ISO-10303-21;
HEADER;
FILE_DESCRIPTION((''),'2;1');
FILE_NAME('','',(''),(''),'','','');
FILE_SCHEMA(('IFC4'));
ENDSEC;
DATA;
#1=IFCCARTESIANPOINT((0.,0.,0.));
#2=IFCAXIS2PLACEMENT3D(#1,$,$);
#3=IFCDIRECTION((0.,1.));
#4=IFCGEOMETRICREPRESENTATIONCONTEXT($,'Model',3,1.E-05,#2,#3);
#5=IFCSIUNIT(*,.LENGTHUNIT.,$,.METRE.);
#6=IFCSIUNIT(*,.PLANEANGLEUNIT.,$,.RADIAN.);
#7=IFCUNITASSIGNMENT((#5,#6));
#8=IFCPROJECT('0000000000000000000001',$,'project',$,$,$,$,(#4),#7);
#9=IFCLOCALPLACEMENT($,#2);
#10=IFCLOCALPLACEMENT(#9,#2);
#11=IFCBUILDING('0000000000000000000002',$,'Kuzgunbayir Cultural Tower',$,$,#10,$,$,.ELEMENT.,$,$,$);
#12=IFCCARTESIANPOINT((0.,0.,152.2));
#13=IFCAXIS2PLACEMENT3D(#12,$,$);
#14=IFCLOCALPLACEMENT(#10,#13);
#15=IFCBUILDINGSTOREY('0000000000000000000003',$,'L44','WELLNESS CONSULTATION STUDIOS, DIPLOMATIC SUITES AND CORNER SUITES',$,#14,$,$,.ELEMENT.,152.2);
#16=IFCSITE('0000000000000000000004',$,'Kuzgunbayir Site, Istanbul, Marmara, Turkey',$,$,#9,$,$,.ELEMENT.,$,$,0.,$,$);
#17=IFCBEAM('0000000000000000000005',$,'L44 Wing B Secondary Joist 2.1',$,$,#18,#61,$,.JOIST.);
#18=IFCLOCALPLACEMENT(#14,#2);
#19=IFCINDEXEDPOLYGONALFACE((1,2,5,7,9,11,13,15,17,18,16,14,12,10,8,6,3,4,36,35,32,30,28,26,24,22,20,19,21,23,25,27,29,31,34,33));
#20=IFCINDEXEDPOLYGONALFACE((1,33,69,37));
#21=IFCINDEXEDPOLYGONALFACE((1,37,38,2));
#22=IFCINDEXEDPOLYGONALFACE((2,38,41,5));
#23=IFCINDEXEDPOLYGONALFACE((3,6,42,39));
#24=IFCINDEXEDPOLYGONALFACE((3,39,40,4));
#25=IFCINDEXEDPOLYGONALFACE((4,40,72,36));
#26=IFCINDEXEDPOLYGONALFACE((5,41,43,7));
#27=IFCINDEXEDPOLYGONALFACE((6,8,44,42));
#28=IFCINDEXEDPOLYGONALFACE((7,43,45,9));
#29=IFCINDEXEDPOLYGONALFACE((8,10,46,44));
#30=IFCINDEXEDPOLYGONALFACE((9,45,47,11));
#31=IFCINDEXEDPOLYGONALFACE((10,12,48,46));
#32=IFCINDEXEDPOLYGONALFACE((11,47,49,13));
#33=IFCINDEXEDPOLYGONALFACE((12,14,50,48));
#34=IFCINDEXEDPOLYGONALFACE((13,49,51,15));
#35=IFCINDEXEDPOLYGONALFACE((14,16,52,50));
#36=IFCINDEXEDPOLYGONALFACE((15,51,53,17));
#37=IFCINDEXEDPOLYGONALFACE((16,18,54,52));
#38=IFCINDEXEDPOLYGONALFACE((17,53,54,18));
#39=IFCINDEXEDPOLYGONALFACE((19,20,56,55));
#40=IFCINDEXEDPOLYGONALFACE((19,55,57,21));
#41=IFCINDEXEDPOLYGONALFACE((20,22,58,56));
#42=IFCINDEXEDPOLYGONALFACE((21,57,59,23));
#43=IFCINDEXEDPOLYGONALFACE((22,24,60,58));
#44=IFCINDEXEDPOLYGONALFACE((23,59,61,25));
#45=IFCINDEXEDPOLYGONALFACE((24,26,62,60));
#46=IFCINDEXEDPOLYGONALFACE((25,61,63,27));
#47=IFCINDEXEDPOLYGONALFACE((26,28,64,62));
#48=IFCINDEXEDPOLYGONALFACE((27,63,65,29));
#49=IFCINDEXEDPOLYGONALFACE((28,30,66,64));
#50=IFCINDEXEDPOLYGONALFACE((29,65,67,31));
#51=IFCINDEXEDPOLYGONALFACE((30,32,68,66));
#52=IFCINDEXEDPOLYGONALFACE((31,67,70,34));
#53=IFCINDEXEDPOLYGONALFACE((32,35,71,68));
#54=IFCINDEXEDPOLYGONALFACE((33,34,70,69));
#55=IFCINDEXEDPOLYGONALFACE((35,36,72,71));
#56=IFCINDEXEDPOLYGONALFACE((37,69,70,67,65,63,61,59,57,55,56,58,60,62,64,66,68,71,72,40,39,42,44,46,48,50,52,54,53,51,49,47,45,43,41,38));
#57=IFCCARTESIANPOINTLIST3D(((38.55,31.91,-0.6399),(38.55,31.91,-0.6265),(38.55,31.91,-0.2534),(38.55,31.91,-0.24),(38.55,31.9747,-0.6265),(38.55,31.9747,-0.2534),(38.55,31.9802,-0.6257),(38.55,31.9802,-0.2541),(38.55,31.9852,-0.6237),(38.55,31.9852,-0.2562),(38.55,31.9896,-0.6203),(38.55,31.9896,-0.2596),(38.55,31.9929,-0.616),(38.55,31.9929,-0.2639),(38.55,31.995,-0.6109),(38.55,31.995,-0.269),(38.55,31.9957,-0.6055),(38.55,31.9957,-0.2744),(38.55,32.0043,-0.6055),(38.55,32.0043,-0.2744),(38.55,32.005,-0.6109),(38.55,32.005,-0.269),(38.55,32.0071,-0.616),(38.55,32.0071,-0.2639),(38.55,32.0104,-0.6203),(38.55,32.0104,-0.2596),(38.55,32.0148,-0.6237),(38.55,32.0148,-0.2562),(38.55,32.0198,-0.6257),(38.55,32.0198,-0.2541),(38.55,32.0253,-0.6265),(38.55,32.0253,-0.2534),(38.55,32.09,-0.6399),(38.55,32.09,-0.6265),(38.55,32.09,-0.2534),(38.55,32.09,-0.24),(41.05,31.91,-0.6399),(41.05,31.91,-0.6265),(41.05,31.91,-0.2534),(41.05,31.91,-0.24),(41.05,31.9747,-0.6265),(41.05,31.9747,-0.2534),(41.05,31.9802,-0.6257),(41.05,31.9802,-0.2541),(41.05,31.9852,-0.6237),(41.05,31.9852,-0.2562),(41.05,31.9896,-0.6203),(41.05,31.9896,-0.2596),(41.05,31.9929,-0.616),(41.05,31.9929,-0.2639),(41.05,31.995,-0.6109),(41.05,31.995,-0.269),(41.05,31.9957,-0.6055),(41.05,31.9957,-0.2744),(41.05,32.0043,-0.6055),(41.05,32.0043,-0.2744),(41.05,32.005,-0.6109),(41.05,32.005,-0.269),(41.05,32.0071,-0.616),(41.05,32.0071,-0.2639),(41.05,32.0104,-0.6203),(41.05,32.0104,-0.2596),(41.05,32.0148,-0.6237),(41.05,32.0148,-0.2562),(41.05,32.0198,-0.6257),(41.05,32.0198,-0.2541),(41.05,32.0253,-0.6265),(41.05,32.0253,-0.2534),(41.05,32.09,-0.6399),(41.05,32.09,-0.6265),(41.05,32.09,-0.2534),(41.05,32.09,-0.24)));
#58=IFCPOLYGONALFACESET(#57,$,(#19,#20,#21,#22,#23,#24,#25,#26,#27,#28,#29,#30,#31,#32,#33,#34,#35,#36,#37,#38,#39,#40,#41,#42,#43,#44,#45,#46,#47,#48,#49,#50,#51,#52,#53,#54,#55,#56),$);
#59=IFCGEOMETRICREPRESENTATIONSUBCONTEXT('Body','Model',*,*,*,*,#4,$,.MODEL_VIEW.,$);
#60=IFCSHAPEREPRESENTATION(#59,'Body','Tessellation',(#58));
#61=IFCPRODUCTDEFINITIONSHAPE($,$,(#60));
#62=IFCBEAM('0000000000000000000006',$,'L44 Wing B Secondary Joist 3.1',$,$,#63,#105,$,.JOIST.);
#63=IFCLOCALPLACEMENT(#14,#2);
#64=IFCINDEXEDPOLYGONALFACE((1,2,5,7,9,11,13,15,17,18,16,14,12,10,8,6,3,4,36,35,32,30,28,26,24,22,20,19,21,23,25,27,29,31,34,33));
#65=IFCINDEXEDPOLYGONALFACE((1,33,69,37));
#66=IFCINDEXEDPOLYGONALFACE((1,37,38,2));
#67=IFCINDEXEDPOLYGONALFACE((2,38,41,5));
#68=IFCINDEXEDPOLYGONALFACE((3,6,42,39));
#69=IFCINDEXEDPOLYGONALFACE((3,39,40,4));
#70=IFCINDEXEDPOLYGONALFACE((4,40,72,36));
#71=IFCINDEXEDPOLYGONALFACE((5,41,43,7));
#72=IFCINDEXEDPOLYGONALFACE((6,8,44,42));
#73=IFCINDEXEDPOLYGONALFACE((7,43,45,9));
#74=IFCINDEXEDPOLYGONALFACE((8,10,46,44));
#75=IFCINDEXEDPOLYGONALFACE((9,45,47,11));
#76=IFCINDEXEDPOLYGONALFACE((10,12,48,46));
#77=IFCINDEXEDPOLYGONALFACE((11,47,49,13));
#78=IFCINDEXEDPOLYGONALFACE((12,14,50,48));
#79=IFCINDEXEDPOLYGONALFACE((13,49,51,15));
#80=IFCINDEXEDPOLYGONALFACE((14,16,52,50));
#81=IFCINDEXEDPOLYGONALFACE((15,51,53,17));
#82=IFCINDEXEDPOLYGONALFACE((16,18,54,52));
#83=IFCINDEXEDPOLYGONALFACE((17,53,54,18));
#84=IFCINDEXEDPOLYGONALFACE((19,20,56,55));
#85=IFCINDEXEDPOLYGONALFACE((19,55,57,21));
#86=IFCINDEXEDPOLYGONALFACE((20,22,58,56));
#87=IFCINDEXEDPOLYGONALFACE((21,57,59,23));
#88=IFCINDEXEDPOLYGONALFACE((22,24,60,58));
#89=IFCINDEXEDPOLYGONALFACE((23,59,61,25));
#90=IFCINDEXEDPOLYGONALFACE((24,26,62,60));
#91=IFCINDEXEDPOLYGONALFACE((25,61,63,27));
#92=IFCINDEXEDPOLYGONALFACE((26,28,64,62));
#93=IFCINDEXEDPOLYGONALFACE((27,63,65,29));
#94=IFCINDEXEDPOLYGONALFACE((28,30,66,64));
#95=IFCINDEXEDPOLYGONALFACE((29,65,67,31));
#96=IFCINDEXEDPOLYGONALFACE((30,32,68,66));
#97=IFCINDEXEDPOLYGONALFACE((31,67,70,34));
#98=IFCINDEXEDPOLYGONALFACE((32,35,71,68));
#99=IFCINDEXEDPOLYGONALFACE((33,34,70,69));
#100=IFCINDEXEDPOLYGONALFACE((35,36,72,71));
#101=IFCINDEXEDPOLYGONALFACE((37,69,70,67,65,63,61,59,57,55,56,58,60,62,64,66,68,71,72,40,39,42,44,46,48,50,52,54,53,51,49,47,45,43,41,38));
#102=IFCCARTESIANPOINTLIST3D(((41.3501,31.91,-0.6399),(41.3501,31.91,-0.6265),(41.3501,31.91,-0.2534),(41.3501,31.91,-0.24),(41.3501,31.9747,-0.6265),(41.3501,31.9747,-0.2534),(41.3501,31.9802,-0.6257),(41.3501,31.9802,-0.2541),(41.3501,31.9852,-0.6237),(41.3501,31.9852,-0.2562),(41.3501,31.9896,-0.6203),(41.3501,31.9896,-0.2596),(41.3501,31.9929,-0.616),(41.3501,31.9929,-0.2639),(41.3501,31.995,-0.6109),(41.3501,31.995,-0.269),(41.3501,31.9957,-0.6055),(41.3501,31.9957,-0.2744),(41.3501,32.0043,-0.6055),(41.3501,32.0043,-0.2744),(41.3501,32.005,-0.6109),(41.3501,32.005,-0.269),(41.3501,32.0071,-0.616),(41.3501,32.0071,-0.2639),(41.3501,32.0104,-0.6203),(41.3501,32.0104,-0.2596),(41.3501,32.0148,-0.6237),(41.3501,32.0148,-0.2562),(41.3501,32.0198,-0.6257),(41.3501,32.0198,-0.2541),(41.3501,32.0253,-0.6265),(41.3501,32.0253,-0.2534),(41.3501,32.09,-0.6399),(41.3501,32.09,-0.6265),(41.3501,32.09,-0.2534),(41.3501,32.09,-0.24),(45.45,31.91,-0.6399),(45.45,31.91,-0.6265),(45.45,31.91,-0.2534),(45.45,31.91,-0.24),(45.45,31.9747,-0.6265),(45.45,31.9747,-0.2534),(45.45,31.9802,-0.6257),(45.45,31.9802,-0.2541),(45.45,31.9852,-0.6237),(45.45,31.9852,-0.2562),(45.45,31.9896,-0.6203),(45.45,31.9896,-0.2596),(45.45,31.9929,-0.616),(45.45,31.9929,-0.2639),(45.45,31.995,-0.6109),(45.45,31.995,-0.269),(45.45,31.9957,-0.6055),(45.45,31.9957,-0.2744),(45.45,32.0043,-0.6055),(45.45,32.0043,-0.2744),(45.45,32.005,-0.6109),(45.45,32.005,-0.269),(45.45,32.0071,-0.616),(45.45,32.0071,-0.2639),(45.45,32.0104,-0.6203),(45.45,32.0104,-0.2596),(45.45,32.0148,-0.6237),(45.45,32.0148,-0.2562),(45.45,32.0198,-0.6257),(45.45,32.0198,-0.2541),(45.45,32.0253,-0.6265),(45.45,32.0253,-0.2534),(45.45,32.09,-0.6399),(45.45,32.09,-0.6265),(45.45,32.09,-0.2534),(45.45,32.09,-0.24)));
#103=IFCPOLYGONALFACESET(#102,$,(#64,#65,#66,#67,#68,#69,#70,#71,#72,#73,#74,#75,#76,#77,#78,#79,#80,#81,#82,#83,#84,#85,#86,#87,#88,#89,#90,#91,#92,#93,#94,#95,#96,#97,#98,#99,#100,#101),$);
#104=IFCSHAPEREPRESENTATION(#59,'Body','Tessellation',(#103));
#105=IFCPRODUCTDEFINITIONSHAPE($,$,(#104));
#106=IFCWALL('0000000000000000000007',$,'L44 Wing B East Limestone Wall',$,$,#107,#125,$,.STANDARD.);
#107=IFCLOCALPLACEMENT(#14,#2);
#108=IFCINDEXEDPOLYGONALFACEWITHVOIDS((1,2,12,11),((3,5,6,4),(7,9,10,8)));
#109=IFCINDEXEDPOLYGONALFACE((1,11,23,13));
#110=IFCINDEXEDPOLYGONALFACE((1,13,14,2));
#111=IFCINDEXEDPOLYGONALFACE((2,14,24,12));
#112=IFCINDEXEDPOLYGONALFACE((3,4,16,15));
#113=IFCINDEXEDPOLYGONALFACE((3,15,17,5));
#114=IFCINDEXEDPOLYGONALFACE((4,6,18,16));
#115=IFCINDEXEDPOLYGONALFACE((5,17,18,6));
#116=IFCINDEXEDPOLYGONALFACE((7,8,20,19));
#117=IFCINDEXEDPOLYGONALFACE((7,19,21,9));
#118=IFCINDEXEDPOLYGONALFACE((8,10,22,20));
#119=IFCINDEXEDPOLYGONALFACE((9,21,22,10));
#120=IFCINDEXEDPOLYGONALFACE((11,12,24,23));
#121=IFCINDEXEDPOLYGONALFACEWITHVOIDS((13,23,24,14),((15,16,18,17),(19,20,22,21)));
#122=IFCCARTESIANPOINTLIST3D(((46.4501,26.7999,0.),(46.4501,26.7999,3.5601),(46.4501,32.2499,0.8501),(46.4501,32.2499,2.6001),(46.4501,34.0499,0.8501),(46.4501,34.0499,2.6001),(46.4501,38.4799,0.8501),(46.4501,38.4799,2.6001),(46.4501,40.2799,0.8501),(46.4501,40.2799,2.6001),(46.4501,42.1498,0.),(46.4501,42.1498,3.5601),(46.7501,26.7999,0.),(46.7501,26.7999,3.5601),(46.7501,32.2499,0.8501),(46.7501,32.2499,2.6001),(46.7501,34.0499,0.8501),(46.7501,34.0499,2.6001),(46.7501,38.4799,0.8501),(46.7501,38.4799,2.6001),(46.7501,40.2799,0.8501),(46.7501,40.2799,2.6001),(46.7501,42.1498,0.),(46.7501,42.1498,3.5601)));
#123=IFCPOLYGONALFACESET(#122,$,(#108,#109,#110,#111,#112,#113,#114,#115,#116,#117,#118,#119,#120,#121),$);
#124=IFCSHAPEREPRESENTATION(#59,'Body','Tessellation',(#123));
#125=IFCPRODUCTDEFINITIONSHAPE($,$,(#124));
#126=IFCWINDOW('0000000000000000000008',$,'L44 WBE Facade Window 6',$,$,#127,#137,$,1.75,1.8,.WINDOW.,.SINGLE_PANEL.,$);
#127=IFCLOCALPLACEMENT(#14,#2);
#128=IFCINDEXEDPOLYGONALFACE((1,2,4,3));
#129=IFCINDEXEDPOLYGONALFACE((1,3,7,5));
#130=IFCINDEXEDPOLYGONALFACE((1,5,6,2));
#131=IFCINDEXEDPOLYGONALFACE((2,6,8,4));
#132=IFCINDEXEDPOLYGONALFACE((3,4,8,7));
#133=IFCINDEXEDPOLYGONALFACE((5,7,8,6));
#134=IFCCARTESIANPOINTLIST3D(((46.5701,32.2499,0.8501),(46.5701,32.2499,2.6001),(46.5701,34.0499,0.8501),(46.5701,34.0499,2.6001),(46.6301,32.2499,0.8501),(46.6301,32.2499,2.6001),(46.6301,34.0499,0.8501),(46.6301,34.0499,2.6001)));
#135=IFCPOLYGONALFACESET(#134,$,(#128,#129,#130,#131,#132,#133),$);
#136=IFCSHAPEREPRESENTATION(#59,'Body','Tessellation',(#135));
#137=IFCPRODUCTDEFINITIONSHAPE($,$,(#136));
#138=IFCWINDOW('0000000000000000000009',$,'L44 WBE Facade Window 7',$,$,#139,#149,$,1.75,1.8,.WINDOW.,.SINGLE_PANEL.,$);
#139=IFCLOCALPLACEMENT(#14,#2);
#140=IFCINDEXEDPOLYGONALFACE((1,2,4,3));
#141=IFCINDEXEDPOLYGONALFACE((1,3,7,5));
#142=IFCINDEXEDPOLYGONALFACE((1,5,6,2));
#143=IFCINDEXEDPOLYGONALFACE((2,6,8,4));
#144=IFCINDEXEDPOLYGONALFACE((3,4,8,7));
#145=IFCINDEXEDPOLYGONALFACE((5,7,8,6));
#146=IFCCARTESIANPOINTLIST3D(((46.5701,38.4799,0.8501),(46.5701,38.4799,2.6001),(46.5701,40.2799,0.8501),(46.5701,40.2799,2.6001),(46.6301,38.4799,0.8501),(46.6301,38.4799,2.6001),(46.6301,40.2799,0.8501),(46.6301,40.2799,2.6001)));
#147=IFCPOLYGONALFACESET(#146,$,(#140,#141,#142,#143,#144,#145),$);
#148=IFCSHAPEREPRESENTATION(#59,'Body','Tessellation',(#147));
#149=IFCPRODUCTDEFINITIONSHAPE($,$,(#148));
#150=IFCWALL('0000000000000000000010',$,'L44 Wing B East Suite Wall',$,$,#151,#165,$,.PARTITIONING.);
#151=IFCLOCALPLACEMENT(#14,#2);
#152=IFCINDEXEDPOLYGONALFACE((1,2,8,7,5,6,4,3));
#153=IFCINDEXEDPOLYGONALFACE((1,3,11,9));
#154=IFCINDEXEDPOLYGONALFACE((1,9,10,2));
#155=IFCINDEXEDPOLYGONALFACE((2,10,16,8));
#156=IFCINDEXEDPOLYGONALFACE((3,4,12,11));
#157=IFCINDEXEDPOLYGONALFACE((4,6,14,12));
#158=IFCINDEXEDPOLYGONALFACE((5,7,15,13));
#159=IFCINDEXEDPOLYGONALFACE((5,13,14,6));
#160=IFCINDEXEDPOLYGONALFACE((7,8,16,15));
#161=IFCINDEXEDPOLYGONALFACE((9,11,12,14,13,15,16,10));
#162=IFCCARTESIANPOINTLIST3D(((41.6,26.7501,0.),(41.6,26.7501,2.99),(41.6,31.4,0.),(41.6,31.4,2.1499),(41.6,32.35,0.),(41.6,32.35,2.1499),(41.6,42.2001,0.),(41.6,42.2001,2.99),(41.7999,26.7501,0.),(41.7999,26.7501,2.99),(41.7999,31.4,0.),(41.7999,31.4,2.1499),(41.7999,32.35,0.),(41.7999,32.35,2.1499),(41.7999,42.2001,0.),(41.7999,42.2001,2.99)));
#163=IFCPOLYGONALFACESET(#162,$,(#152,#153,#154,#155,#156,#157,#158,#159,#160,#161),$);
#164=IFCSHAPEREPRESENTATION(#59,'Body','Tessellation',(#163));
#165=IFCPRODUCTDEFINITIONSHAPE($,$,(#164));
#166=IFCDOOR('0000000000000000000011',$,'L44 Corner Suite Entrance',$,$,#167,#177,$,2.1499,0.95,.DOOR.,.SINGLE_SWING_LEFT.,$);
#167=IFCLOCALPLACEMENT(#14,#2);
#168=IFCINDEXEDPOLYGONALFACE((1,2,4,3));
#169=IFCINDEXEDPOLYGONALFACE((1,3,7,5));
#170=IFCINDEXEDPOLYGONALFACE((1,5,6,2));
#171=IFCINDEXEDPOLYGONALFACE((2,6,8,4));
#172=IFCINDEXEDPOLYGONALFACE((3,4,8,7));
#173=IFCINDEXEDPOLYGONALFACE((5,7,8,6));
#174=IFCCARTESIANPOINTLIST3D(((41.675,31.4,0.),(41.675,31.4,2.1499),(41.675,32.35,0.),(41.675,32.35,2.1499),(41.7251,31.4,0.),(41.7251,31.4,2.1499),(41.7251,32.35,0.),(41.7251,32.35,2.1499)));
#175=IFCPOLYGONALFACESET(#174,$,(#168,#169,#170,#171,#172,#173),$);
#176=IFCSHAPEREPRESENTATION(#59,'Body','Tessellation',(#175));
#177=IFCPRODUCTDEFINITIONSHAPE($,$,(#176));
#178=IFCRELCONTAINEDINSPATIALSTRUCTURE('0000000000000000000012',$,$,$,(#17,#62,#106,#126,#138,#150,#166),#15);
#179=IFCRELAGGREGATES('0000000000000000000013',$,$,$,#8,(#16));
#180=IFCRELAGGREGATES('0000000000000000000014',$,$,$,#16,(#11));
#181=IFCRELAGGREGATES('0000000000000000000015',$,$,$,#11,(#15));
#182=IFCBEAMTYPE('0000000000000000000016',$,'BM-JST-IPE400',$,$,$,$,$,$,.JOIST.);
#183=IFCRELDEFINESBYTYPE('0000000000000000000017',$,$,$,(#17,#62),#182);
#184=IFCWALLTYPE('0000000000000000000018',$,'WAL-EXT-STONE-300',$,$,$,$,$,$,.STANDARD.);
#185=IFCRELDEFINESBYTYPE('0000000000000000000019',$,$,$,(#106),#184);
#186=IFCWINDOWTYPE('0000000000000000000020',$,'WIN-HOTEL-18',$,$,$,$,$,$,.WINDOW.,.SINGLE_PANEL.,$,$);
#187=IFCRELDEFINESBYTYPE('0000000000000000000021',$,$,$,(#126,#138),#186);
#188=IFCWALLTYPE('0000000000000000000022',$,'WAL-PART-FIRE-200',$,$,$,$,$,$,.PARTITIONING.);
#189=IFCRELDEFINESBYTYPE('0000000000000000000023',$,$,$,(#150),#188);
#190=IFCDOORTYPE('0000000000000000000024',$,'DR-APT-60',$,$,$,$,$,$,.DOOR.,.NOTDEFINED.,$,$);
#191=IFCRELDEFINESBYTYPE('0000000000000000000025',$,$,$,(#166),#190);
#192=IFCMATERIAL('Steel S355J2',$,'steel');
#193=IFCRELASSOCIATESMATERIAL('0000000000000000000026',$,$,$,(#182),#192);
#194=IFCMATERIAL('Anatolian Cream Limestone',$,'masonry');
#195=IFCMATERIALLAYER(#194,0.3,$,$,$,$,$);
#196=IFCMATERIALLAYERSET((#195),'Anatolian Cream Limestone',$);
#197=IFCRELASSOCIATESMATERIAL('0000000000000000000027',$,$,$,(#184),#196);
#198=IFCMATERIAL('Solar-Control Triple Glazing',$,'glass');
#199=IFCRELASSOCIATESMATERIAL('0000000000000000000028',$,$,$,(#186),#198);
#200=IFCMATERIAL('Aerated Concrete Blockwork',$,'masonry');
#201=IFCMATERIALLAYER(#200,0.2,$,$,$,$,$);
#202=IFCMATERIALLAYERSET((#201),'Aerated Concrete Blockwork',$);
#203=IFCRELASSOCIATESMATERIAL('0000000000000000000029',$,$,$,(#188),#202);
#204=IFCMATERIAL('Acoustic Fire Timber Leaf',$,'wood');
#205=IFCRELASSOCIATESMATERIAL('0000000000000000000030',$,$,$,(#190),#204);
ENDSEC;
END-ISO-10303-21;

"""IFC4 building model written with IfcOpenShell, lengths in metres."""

from ifc_helpers import new_model, si_unit, direction, frame, frame_2d, origin, origin_2d, place, context, subcontext, project, spatial, rectangle, i_section, extrude, material, layer, layer_set, material_profile, profile_set, type_object, element, fill, save


model = new_model("IFC4")

# Units and contexts
model_context = context("Model", 3, precision=1e-05, world=origin(), true_north=direction((0.0, 1.0)))
body_context = subcontext(model_context, "Body", "Model", "MODEL_VIEW")
ifc_project = project(units=[si_unit("LENGTHUNIT", "METRE"), si_unit("PLANEANGLEUNIT", "RADIAN")], contexts=[model_context])

# Site, building, storey
site_placement = place(None, origin())
site = spatial("IfcSite", under=ifc_project, at=site_placement, Name="Kuzgunbayir Site, Istanbul, Marmara, Turkey", CompositionType="ELEMENT", RefElevation=0.0)
building_placement = place(site_placement, origin())
building = spatial("IfcBuilding", under=site, at=building_placement, Name="Kuzgunbayir Cultural Tower", CompositionType="ELEMENT")
storey_placement = place(building_placement, frame((0.0, 0.0, 152.2)))
storey = spatial("IfcBuildingStorey", under=building, at=storey_placement, Name="L44", Description="WELLNESS CONSULTATION STUDIOS, DIPLOMATIC SUITES AND CORNER SUITES", CompositionType="ELEMENT", Elevation=152.2)

# Beams
ifc_material_1 = material(Name="Steel S355J2", Category="steel")
ifc_material_profile_1 = material_profile(ifc_material_1, i_section(OverallWidth=0.1799, OverallDepth=0.3999, WebThickness=0.0085, FlangeThickness=0.0134, FilletRadius=0.021, at=origin_2d()), Name="IPE 400")
ifc_profile_set_1 = profile_set([ifc_material_profile_1], Name="Steel S355J2")
beam_type_1 = type_object("IfcBeamType", Name="BM-JST-IPE400", PredefinedType="JOIST", material=ifc_profile_set_1)
beam_1_placement = place(storey_placement, frame((38.55, 32.0, -0.4399), z_axis=(1.0, 0.0, 0.0), x_axis=(0.0, 1.0, 0.0)))
element("IfcBeam", 1, at=beam_1_placement, inside=storey, type_object=beam_type_1, Name="L44 Wing B Secondary Joist 2.1", PredefinedType="JOIST", context=body_context, shape_type="SweptSolid", body=[
    extrude(i_section(OverallWidth=0.1799, OverallDepth=0.3999, WebThickness=0.0085, FlangeThickness=0.0134, FilletRadius=0.021, at=origin_2d()), origin(), (0.0, 0.0, 1.0), 2.5),
])
beam_2_placement = place(storey_placement, frame((41.3501, 32.0, -0.4399), z_axis=(1.0, 0.0, 0.0), x_axis=(0.0, 1.0, 0.0)))
element("IfcBeam", 2, at=beam_2_placement, inside=storey, type_object=beam_type_1, Name="L44 Wing B Secondary Joist 3.1", PredefinedType="JOIST", context=body_context, shape_type="SweptSolid", body=[
    extrude(i_section(OverallWidth=0.1799, OverallDepth=0.3999, WebThickness=0.0085, FlangeThickness=0.0134, FilletRadius=0.021, at=origin_2d()), origin(), (0.0, 0.0, 1.0), 4.0999),
])

# Wall, openings, windows
ifc_material_2 = material(Name="Anatolian Cream Limestone", Category="masonry")
ifc_layer_1 = layer(ifc_material_2, 0.3)
ifc_layer_set_1 = layer_set([ifc_layer_1], Name="Anatolian Cream Limestone")
wall_type_1 = type_object("IfcWallType", Name="WAL-EXT-STONE-300", PredefinedType="STANDARD", material=ifc_layer_set_1)
wall_1_placement = place(storey_placement, frame((46.6001, 26.8, 0.0), z_axis=(0.0, 0.0, 1.0), x_axis=(0.0, 1.0, 0.0)))
wall_1 = element("IfcWall", 3, at=wall_1_placement, inside=storey, type_object=wall_type_1, Name="L44 Wing B East Limestone Wall", PredefinedType="STANDARD", context=body_context, shape_type="SweptSolid", body=[
    extrude(rectangle(XDim=15.3499, YDim=0.3, at=frame_2d((7.6748, 0.0))), origin(), (0.0, 0.0, 1.0), 3.5601),
])
opening_1_placement = place(wall_1_placement, frame((5.45, 0.0, 0.8501)))
opening_1 = element("IfcOpeningElement", 4, at=opening_1_placement, cuts=wall_1, PredefinedType="OPENING", context=body_context, shape_type="SweptSolid", body=[
    extrude(rectangle(XDim=1.8, YDim=1.75, at=frame_2d((0.8999, 0.875))), frame((0.0, 0.1602, 0.0), z_axis=(0.0, -1.0, 0.0), x_axis=(1.0, 0.0, 0.0)), (0.0, 0.0, 1.0), 0.3201),
])
opening_2_placement = place(wall_1_placement, frame((11.6799, 0.0, 0.8501)))
opening_2 = element("IfcOpeningElement", 5, at=opening_2_placement, cuts=wall_1, PredefinedType="OPENING", context=body_context, shape_type="SweptSolid", body=[
    extrude(rectangle(XDim=1.8, YDim=1.75, at=frame_2d((0.8999, 0.875))), frame((0.0, 0.1602, 0.0), z_axis=(0.0, -1.0, 0.0), x_axis=(1.0, 0.0, 0.0)), (0.0, 0.0, 1.0), 0.3201),
])
ifc_material_3 = material(Name="Solar-Control Triple Glazing", Category="glass")
window_type = type_object("IfcWindowType", Name="WIN-HOTEL-18", PartitioningType="SINGLE_PANEL", PredefinedType="WINDOW", material=ifc_material_3)
window_1_placement = place(opening_1_placement, origin())
window_1 = element("IfcWindow", 6, at=window_1_placement, inside=storey, type_object=window_type, Name="L44 WBE Facade Window 6", OverallHeight=1.75, OverallWidth=1.8, PartitioningType="SINGLE_PANEL", PredefinedType="WINDOW", context=body_context, shape_type="SweptSolid", body=[
    extrude(rectangle(XDim=1.8, YDim=1.75, at=frame_2d((0.8999, 0.875))), frame((0.0, 0.03, 0.0), z_axis=(0.0, -1.0, 0.0), x_axis=(1.0, 0.0, 0.0)), (0.0, 0.0, 1.0), 0.0601),
])
fill(opening_1, window_1)
window_2_placement = place(opening_2_placement, origin())
window_2 = element("IfcWindow", 7, at=window_2_placement, inside=storey, type_object=window_type, Name="L44 WBE Facade Window 7", OverallHeight=1.75, OverallWidth=1.8, PartitioningType="SINGLE_PANEL", PredefinedType="WINDOW", context=body_context, shape_type="SweptSolid", body=[
    extrude(rectangle(XDim=1.8, YDim=1.75, at=frame_2d((0.8999, 0.875))), frame((0.0, 0.03, 0.0), z_axis=(0.0, -1.0, 0.0), x_axis=(1.0, 0.0, 0.0)), (0.0, 0.0, 1.0), 0.0601),
])
fill(opening_2, window_2)

# Wall, opening, door
ifc_material_4 = material(Name="Aerated Concrete Blockwork", Category="masonry")
ifc_layer_2 = layer(ifc_material_4, 0.2)
ifc_layer_set_2 = layer_set([ifc_layer_2], Name="Aerated Concrete Blockwork")
wall_type_2 = type_object("IfcWallType", Name="WAL-PART-FIRE-200", PredefinedType="PARTITIONING", material=ifc_layer_set_2)
wall_2_placement = place(storey_placement, frame((41.7, 26.75, 0.0), z_axis=(0.0, 0.0, 1.0), x_axis=(0.0, 1.0, 0.0)))
wall_2 = element("IfcWall", 8, at=wall_2_placement, inside=storey, type_object=wall_type_2, Name="L44 Wing B East Suite Wall", PredefinedType="PARTITIONING", context=body_context, shape_type="SweptSolid", body=[
    extrude(rectangle(XDim=15.45, YDim=0.2, at=frame_2d((7.7251, 0.0))), origin(), (0.0, 0.0, 1.0), 2.99),
])
opening_3_placement = place(wall_2_placement, frame((4.6499, 0.0, 0.0)))
opening_3 = element("IfcOpeningElement", 9, at=opening_3_placement, cuts=wall_2, PredefinedType="OPENING", context=body_context, shape_type="SweptSolid", body=[
    extrude(rectangle(XDim=0.95, YDim=2.1499, at=frame_2d((0.4751, 1.075))), frame((0.0, 0.1099, 0.0), z_axis=(0.0, -1.0, 0.0), x_axis=(1.0, 0.0, 0.0)), (0.0, 0.0, 1.0), 0.22),
])
ifc_material_5 = material(Name="Acoustic Fire Timber Leaf", Category="wood")
door_type_1 = type_object("IfcDoorType", Name="DR-APT-60", OperationType="NOTDEFINED", PredefinedType="DOOR", material=ifc_material_5)
door_1_placement = place(opening_3_placement, origin())
door_1 = element("IfcDoor", 10, at=door_1_placement, inside=storey, type_object=door_type_1, Name="L44 Corner Suite Entrance", OperationType="SINGLE_SWING_LEFT", OverallHeight=2.1499, OverallWidth=0.95, PredefinedType="DOOR", context=body_context, shape_type="SweptSolid", body=[
    extrude(rectangle(XDim=0.95, YDim=2.1499, at=frame_2d((0.4751, 1.075))), frame((0.0, 0.0249, 0.0), z_axis=(0.0, -1.0, 0.0), x_axis=(1.0, 0.0, 0.0)), (0.0, 0.0, 1.0), 0.05),
])
fill(opening_3, door_1)

save(model, "model.ifc")
